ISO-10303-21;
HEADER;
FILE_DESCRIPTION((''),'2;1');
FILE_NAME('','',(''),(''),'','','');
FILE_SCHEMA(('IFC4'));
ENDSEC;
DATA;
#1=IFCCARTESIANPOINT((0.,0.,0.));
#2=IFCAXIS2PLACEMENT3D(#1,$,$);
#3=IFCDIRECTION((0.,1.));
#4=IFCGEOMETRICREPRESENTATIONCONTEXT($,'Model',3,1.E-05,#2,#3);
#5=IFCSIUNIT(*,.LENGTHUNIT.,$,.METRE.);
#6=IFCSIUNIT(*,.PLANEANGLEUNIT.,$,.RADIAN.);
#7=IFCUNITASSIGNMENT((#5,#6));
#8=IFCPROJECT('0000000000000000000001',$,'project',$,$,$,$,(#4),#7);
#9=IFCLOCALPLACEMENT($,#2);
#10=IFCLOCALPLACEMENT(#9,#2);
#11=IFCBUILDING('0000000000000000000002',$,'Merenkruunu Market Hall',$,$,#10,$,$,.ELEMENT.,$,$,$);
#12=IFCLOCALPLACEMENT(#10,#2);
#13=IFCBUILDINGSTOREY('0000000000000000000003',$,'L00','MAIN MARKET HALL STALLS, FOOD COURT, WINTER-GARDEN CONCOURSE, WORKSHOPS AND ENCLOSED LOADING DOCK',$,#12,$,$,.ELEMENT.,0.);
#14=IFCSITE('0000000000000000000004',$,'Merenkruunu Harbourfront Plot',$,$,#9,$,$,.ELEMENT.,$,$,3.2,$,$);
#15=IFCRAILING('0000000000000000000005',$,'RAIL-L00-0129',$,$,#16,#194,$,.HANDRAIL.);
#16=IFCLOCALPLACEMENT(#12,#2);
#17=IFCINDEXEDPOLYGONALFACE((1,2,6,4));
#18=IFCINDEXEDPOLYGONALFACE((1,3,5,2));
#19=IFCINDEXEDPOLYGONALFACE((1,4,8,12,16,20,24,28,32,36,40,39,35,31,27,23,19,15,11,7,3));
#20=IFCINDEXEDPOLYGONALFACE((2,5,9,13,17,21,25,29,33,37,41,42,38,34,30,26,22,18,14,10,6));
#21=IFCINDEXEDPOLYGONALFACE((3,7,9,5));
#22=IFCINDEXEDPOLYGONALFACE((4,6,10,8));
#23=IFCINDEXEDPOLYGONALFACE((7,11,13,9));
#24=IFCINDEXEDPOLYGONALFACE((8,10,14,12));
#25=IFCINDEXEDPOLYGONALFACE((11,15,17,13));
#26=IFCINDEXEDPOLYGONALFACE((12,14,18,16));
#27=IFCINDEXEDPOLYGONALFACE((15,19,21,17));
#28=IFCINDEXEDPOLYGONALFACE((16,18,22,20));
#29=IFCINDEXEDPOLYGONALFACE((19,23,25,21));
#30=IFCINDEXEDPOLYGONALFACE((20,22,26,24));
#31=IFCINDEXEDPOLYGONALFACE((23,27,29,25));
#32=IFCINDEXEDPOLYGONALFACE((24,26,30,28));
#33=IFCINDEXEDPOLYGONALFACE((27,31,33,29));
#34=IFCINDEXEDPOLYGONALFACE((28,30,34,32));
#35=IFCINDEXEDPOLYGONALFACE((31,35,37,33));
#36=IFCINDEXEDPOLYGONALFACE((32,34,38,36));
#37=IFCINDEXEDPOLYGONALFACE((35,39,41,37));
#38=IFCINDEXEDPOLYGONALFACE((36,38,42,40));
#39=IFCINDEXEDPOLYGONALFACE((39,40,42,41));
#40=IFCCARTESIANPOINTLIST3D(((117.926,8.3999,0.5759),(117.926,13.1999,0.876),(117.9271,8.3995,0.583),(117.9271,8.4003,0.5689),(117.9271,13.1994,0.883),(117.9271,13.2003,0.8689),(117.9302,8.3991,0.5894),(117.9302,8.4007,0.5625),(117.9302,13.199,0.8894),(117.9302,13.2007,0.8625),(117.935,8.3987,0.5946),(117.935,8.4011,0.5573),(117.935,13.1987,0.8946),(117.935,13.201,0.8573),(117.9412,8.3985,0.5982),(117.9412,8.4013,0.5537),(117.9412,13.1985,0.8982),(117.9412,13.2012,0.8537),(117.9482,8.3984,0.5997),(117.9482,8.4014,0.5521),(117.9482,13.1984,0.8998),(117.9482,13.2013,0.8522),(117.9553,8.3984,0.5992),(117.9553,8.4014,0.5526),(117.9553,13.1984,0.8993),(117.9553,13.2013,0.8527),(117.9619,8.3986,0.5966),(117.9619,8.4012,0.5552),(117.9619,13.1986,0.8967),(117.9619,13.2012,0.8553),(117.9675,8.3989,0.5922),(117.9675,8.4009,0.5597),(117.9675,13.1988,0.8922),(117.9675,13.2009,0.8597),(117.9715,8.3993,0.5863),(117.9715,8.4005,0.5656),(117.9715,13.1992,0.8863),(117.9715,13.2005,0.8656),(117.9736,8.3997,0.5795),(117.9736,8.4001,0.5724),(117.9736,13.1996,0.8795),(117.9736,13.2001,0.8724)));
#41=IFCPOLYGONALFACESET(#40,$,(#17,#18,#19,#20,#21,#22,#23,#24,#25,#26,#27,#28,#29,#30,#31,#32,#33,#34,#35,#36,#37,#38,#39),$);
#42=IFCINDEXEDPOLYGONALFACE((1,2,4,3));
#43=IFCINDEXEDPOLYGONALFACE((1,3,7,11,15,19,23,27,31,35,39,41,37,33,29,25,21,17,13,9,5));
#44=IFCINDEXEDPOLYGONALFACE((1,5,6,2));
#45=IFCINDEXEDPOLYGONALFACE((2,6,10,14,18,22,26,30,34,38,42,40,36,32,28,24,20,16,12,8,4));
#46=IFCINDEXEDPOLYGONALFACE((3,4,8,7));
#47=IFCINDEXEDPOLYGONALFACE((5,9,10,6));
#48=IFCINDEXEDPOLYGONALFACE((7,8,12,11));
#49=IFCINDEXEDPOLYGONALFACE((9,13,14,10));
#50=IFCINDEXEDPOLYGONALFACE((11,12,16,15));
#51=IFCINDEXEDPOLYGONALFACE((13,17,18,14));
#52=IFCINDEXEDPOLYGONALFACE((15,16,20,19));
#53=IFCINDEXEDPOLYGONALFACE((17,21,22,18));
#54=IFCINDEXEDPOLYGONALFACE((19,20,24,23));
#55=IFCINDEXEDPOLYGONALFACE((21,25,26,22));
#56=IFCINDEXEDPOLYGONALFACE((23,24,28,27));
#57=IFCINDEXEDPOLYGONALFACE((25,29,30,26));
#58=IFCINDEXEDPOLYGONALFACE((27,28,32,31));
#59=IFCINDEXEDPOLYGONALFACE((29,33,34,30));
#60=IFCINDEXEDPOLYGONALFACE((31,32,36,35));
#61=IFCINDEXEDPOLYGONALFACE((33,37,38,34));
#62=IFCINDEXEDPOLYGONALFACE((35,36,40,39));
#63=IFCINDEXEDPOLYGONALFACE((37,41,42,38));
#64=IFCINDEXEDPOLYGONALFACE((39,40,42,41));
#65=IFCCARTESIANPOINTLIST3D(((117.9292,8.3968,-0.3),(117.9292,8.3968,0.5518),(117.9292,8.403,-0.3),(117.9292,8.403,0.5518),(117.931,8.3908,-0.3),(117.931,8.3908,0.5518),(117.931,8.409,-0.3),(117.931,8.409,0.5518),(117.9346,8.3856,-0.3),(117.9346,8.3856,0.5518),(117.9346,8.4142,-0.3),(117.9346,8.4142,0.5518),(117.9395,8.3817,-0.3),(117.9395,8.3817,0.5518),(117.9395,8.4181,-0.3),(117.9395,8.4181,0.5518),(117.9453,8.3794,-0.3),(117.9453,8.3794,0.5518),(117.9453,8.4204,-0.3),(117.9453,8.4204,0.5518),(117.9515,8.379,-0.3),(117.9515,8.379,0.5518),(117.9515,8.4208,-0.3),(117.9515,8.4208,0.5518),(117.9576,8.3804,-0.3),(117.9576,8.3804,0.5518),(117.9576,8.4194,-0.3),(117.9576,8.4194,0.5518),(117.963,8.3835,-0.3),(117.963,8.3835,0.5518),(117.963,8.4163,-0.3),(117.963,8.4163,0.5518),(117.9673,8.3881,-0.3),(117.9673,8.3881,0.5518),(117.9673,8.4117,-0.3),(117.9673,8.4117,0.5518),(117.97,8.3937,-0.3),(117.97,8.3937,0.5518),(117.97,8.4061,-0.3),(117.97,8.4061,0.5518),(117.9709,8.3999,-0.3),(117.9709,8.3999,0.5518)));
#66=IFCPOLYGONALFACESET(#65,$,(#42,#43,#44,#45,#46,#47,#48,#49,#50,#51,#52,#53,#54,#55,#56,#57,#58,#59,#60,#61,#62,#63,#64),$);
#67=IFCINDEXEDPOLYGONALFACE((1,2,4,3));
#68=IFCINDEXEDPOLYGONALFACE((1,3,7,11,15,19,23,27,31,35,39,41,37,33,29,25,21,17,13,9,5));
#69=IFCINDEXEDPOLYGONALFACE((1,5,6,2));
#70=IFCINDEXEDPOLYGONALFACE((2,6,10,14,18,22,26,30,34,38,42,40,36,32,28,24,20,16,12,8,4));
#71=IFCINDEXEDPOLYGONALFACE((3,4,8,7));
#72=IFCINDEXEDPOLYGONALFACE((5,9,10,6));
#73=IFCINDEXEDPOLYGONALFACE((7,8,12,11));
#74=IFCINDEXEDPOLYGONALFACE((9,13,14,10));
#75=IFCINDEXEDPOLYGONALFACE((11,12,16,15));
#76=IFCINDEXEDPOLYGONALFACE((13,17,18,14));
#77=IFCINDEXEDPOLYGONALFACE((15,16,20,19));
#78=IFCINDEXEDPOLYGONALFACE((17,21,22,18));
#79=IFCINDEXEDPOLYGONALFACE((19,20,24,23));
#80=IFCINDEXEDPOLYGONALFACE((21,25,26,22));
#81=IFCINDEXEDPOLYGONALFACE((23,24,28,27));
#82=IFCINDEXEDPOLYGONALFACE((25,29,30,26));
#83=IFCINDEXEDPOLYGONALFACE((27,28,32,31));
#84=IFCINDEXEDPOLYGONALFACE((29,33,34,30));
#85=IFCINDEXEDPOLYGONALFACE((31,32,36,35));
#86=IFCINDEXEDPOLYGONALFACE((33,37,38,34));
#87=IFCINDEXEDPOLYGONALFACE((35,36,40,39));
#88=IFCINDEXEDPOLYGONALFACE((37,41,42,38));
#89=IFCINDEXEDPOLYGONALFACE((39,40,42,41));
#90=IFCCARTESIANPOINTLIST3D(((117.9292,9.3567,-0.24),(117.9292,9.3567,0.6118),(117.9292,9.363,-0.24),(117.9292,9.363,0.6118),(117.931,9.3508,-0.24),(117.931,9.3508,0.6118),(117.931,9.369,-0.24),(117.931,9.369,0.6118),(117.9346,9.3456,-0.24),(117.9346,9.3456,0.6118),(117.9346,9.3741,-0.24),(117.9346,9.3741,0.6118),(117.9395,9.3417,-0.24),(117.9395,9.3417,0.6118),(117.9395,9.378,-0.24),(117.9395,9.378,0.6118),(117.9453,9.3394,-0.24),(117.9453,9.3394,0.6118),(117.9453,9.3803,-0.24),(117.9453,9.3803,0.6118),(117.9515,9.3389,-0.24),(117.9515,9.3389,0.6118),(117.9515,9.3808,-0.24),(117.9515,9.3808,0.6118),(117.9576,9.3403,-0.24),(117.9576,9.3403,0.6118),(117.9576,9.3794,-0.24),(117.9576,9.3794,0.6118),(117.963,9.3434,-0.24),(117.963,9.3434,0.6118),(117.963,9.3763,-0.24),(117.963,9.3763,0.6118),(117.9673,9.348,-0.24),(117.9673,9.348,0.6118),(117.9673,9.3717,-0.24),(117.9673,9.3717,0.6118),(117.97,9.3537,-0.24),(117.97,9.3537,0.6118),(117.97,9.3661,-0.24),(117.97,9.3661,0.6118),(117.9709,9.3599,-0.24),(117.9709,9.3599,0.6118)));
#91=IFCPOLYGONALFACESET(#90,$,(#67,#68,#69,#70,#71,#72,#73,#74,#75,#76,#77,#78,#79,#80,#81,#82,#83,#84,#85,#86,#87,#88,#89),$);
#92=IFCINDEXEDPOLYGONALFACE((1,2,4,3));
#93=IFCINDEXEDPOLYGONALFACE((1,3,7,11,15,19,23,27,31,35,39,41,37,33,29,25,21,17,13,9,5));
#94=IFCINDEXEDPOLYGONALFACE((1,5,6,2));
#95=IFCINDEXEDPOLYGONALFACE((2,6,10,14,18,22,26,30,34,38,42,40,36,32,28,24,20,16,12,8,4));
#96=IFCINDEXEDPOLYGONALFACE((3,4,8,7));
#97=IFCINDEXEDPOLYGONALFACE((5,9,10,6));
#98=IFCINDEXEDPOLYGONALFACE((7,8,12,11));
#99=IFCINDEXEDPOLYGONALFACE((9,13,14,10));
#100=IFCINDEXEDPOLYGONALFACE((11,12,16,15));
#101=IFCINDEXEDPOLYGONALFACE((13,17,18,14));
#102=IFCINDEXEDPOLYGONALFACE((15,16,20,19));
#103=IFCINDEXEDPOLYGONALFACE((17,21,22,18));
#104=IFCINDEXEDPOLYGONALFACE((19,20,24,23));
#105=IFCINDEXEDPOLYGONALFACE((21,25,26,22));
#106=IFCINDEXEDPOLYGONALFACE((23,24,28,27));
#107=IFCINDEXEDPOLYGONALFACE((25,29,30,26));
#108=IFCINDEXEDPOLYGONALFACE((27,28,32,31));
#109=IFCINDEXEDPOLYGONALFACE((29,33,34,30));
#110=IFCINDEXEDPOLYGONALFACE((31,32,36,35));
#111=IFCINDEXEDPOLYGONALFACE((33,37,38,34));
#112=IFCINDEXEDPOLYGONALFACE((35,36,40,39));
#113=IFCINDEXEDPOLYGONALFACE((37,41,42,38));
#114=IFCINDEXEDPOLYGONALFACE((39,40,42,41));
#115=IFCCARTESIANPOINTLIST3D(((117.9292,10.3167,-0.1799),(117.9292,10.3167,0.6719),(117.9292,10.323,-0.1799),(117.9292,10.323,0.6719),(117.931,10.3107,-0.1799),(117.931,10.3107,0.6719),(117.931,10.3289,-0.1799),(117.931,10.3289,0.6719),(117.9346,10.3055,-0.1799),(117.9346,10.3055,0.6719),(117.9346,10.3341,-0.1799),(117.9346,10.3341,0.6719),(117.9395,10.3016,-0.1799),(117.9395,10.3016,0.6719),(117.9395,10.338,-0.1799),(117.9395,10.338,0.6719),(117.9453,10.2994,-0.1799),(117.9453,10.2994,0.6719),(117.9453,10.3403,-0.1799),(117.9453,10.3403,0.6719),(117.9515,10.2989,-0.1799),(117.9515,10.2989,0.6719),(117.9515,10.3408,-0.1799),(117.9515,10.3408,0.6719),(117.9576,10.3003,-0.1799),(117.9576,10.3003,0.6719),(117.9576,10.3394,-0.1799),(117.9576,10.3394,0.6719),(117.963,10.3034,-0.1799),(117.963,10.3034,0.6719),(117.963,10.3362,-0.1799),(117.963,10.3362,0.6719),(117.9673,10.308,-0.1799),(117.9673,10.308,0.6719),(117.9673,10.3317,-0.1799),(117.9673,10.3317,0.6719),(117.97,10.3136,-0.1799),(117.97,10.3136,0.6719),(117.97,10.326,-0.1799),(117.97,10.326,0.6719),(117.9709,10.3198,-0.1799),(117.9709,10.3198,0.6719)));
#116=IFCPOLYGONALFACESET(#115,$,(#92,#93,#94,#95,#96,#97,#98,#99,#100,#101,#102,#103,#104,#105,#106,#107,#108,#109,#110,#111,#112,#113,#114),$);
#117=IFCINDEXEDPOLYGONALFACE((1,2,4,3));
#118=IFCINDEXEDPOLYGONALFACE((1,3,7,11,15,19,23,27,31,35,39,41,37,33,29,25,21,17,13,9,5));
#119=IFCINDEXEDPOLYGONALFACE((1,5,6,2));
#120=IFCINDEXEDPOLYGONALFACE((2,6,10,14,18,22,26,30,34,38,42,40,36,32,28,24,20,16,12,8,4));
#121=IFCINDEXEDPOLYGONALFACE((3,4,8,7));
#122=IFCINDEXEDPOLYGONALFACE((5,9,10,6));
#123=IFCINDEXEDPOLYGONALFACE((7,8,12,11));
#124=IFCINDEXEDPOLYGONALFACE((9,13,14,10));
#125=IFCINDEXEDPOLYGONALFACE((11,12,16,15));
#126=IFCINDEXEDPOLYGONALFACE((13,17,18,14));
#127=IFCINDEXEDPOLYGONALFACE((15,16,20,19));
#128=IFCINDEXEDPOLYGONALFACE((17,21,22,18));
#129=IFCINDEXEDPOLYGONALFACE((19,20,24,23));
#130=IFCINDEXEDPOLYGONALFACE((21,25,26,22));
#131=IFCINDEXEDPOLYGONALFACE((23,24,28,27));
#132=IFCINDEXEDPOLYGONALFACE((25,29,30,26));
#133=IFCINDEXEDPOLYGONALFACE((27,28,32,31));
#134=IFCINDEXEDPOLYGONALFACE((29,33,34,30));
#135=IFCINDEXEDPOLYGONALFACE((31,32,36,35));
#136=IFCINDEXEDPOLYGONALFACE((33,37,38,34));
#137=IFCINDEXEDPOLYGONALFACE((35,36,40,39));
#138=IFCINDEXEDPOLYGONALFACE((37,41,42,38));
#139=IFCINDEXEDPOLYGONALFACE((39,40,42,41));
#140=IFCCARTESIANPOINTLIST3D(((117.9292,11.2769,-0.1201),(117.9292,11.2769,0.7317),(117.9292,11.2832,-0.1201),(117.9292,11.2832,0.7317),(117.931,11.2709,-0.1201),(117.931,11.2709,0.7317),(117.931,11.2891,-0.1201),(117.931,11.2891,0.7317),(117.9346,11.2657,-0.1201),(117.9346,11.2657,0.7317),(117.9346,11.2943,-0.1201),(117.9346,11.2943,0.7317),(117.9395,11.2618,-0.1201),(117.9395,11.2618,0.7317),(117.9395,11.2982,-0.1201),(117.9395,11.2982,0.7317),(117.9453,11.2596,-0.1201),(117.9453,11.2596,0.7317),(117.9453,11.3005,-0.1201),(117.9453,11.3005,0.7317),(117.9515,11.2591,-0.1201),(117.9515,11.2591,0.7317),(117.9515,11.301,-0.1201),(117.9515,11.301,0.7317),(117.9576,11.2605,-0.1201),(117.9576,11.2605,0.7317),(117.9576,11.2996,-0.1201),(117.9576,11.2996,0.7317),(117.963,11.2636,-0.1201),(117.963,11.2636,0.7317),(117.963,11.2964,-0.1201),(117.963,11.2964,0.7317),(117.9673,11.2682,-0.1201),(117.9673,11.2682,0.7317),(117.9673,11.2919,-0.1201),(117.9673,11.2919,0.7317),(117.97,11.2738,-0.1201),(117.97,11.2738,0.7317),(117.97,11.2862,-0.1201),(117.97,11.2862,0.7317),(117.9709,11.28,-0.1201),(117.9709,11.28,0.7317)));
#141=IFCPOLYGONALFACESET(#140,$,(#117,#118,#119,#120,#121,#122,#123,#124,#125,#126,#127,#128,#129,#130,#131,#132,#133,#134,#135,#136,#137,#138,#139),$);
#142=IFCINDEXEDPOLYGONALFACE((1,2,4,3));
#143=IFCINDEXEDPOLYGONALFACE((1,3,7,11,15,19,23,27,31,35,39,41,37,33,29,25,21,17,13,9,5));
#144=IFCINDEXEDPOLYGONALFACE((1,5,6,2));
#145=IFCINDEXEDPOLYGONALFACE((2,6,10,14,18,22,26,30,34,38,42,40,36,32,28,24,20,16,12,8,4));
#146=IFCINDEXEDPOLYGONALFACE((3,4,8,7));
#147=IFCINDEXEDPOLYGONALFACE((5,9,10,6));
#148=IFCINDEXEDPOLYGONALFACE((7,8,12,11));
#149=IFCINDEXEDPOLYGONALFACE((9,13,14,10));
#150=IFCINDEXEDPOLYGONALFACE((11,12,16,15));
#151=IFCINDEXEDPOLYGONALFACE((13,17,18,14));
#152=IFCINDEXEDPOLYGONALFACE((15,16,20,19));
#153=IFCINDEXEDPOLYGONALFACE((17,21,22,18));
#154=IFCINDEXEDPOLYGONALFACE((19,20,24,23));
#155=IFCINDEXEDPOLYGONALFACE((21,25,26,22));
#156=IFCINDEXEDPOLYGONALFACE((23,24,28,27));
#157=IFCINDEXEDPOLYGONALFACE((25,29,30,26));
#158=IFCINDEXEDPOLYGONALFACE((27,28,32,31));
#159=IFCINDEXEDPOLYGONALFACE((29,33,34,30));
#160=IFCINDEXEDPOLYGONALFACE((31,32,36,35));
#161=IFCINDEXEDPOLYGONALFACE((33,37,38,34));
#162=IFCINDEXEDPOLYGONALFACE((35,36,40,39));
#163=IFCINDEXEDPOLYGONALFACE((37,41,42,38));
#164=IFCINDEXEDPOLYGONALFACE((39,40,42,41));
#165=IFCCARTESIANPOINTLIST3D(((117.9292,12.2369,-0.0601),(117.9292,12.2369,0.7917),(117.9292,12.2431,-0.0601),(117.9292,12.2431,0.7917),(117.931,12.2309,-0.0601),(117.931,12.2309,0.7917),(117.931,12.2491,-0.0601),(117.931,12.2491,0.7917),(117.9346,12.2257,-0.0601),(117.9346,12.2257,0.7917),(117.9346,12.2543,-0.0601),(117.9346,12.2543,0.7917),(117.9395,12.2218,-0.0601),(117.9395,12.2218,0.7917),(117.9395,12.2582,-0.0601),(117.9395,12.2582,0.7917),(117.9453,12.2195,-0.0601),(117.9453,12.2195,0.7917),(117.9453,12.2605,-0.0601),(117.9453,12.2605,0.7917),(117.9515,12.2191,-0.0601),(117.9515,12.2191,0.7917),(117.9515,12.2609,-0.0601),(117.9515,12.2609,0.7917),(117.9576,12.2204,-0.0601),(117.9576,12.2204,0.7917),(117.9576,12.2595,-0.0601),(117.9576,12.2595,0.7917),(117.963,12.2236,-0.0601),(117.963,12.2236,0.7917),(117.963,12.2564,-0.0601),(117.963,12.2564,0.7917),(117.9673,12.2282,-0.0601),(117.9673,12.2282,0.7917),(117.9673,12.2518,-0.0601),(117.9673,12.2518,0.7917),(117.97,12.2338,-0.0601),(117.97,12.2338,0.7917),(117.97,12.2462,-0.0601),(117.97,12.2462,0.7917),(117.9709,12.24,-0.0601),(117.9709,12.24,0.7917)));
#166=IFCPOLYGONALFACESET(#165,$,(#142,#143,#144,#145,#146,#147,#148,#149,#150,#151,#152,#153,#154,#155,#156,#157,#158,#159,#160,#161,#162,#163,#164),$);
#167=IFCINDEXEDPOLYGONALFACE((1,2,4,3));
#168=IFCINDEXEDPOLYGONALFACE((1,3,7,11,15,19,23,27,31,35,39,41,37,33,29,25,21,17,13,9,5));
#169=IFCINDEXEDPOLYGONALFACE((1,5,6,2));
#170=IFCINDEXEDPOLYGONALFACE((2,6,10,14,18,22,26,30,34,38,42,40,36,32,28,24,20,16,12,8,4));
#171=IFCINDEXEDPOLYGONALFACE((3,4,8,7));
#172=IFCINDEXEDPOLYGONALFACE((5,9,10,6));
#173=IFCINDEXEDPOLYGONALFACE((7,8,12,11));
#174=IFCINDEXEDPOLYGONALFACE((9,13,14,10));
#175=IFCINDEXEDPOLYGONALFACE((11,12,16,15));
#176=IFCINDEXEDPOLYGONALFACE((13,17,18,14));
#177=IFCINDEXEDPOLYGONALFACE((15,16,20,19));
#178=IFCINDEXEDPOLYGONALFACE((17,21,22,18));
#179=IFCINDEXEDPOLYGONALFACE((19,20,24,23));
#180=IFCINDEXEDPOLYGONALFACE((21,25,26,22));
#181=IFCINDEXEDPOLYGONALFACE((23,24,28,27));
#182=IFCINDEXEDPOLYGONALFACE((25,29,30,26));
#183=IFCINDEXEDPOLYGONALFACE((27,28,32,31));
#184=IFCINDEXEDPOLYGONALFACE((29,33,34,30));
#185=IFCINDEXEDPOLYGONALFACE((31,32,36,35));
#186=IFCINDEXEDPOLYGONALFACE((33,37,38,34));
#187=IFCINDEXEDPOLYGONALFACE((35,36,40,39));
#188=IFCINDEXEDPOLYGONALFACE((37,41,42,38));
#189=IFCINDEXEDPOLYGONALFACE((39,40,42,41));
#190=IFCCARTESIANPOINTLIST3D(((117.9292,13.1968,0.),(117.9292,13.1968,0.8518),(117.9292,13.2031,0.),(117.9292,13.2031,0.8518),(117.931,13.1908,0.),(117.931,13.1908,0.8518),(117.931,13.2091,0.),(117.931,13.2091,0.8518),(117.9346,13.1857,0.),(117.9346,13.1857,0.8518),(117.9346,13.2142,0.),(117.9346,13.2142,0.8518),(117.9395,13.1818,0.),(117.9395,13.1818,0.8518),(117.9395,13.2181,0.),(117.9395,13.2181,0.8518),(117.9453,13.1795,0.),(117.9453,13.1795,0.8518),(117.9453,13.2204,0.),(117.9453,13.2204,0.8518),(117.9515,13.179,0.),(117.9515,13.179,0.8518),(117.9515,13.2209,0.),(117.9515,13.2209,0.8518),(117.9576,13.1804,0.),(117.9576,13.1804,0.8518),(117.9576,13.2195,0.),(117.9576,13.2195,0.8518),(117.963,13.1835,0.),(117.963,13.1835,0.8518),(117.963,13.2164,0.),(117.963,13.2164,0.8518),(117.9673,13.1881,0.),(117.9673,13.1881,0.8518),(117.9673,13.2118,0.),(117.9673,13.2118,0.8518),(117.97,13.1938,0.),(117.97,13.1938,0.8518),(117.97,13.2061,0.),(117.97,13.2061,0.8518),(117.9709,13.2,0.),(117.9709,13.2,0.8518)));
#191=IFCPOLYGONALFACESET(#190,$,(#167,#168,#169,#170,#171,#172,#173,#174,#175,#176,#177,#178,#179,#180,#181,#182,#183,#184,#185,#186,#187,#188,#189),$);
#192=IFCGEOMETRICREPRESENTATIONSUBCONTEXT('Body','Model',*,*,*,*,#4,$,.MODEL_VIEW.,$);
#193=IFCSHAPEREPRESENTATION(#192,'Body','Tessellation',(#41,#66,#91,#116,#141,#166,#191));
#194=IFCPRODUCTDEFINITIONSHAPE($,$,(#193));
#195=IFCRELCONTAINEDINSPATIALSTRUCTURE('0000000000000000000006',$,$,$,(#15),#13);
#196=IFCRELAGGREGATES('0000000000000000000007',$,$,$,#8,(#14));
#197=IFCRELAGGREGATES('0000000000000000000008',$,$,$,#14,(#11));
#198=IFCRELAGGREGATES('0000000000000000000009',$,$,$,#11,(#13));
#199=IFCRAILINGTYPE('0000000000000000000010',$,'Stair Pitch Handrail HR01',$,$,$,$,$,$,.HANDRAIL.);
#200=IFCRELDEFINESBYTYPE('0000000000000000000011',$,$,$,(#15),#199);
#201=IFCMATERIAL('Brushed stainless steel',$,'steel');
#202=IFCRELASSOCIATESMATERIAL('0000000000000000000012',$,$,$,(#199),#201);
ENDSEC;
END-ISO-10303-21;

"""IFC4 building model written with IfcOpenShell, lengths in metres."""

from ifc_helpers import new_model, si_unit, direction, frame, origin, origin_2d, place, context, subcontext, project, spatial, circle, extrude, material, type_object, element, save


model = new_model("IFC4")

# Units and contexts
model_context = context("Model", 3, precision=1e-05, world=origin(), true_north=direction((0.0, 1.0)))
body_context = subcontext(model_context, "Body", "Model", "MODEL_VIEW")
ifc_project = project(units=[si_unit("LENGTHUNIT", "METRE"), si_unit("PLANEANGLEUNIT", "RADIAN")], contexts=[model_context])

# Site, building, storey
site_placement = place(None, origin())
site = spatial("IfcSite", under=ifc_project, at=site_placement, Name="Merenkruunu Harbourfront Plot", CompositionType="ELEMENT", RefElevation=3.2)
building_placement = place(site_placement, origin())
building = spatial("IfcBuilding", under=site, at=building_placement, Name="Merenkruunu Market Hall", CompositionType="ELEMENT")
storey_placement = place(building_placement, origin())
storey = spatial("IfcBuildingStorey", under=building, at=storey_placement, Name="L00", Description="MAIN MARKET HALL STALLS, FOOD COURT, WINTER-GARDEN CONCOURSE, WORKSHOPS AND ENCLOSED LOADING DOCK", CompositionType="ELEMENT", Elevation=0.0)

# Railing
ifc_material_1 = material(Name="Brushed stainless steel", Category="steel")
railing_type = type_object("IfcRailingType", Name="Stair Pitch Handrail HR01", PredefinedType="HANDRAIL", material=ifc_material_1)
for number, where, name in (
    (1, (117.95, 8.3999, -0.3), "RAIL-L00-0129"),
):
    element("IfcRailing", number, at=place(storey_placement, frame(where)), inside=storey, type_object=railing_type, Name=name, PredefinedType="HANDRAIL", context=body_context, shape_type="SweptSolid", body=[
        extrude(circle(Radius=0.0239, at=origin_2d()), frame((0.0, 0.0, 0.876), z_axis=(0.0, 0.998052, 0.062388), x_axis=(-1.0, 0.0, 0.0)), (0.0, 0.0, 1.0), 4.8093),
        extrude(circle(Radius=0.021, at=origin_2d()), origin(), (0.0, 0.0, 1.0), 0.8518),
        extrude(circle(Radius=0.021, at=origin_2d()), frame((0.0, 0.96, 0.0601)), (0.0, 0.0, 1.0), 0.8518),
        extrude(circle(Radius=0.021, at=origin_2d()), frame((0.0, 1.9199, 0.1201)), (0.0, 0.0, 1.0), 0.8518),
        extrude(circle(Radius=0.021, at=origin_2d()), frame((0.0, 2.8801, 0.1799)), (0.0, 0.0, 1.0), 0.8518),
        extrude(circle(Radius=0.021, at=origin_2d()), frame((0.0, 3.8401, 0.24)), (0.0, 0.0, 1.0), 0.8518),
        extrude(circle(Radius=0.021, at=origin_2d()), frame((0.0, 4.8, 0.3)), (0.0, 0.0, 1.0), 0.8518),
    ])

save(model, "model.ifc")
